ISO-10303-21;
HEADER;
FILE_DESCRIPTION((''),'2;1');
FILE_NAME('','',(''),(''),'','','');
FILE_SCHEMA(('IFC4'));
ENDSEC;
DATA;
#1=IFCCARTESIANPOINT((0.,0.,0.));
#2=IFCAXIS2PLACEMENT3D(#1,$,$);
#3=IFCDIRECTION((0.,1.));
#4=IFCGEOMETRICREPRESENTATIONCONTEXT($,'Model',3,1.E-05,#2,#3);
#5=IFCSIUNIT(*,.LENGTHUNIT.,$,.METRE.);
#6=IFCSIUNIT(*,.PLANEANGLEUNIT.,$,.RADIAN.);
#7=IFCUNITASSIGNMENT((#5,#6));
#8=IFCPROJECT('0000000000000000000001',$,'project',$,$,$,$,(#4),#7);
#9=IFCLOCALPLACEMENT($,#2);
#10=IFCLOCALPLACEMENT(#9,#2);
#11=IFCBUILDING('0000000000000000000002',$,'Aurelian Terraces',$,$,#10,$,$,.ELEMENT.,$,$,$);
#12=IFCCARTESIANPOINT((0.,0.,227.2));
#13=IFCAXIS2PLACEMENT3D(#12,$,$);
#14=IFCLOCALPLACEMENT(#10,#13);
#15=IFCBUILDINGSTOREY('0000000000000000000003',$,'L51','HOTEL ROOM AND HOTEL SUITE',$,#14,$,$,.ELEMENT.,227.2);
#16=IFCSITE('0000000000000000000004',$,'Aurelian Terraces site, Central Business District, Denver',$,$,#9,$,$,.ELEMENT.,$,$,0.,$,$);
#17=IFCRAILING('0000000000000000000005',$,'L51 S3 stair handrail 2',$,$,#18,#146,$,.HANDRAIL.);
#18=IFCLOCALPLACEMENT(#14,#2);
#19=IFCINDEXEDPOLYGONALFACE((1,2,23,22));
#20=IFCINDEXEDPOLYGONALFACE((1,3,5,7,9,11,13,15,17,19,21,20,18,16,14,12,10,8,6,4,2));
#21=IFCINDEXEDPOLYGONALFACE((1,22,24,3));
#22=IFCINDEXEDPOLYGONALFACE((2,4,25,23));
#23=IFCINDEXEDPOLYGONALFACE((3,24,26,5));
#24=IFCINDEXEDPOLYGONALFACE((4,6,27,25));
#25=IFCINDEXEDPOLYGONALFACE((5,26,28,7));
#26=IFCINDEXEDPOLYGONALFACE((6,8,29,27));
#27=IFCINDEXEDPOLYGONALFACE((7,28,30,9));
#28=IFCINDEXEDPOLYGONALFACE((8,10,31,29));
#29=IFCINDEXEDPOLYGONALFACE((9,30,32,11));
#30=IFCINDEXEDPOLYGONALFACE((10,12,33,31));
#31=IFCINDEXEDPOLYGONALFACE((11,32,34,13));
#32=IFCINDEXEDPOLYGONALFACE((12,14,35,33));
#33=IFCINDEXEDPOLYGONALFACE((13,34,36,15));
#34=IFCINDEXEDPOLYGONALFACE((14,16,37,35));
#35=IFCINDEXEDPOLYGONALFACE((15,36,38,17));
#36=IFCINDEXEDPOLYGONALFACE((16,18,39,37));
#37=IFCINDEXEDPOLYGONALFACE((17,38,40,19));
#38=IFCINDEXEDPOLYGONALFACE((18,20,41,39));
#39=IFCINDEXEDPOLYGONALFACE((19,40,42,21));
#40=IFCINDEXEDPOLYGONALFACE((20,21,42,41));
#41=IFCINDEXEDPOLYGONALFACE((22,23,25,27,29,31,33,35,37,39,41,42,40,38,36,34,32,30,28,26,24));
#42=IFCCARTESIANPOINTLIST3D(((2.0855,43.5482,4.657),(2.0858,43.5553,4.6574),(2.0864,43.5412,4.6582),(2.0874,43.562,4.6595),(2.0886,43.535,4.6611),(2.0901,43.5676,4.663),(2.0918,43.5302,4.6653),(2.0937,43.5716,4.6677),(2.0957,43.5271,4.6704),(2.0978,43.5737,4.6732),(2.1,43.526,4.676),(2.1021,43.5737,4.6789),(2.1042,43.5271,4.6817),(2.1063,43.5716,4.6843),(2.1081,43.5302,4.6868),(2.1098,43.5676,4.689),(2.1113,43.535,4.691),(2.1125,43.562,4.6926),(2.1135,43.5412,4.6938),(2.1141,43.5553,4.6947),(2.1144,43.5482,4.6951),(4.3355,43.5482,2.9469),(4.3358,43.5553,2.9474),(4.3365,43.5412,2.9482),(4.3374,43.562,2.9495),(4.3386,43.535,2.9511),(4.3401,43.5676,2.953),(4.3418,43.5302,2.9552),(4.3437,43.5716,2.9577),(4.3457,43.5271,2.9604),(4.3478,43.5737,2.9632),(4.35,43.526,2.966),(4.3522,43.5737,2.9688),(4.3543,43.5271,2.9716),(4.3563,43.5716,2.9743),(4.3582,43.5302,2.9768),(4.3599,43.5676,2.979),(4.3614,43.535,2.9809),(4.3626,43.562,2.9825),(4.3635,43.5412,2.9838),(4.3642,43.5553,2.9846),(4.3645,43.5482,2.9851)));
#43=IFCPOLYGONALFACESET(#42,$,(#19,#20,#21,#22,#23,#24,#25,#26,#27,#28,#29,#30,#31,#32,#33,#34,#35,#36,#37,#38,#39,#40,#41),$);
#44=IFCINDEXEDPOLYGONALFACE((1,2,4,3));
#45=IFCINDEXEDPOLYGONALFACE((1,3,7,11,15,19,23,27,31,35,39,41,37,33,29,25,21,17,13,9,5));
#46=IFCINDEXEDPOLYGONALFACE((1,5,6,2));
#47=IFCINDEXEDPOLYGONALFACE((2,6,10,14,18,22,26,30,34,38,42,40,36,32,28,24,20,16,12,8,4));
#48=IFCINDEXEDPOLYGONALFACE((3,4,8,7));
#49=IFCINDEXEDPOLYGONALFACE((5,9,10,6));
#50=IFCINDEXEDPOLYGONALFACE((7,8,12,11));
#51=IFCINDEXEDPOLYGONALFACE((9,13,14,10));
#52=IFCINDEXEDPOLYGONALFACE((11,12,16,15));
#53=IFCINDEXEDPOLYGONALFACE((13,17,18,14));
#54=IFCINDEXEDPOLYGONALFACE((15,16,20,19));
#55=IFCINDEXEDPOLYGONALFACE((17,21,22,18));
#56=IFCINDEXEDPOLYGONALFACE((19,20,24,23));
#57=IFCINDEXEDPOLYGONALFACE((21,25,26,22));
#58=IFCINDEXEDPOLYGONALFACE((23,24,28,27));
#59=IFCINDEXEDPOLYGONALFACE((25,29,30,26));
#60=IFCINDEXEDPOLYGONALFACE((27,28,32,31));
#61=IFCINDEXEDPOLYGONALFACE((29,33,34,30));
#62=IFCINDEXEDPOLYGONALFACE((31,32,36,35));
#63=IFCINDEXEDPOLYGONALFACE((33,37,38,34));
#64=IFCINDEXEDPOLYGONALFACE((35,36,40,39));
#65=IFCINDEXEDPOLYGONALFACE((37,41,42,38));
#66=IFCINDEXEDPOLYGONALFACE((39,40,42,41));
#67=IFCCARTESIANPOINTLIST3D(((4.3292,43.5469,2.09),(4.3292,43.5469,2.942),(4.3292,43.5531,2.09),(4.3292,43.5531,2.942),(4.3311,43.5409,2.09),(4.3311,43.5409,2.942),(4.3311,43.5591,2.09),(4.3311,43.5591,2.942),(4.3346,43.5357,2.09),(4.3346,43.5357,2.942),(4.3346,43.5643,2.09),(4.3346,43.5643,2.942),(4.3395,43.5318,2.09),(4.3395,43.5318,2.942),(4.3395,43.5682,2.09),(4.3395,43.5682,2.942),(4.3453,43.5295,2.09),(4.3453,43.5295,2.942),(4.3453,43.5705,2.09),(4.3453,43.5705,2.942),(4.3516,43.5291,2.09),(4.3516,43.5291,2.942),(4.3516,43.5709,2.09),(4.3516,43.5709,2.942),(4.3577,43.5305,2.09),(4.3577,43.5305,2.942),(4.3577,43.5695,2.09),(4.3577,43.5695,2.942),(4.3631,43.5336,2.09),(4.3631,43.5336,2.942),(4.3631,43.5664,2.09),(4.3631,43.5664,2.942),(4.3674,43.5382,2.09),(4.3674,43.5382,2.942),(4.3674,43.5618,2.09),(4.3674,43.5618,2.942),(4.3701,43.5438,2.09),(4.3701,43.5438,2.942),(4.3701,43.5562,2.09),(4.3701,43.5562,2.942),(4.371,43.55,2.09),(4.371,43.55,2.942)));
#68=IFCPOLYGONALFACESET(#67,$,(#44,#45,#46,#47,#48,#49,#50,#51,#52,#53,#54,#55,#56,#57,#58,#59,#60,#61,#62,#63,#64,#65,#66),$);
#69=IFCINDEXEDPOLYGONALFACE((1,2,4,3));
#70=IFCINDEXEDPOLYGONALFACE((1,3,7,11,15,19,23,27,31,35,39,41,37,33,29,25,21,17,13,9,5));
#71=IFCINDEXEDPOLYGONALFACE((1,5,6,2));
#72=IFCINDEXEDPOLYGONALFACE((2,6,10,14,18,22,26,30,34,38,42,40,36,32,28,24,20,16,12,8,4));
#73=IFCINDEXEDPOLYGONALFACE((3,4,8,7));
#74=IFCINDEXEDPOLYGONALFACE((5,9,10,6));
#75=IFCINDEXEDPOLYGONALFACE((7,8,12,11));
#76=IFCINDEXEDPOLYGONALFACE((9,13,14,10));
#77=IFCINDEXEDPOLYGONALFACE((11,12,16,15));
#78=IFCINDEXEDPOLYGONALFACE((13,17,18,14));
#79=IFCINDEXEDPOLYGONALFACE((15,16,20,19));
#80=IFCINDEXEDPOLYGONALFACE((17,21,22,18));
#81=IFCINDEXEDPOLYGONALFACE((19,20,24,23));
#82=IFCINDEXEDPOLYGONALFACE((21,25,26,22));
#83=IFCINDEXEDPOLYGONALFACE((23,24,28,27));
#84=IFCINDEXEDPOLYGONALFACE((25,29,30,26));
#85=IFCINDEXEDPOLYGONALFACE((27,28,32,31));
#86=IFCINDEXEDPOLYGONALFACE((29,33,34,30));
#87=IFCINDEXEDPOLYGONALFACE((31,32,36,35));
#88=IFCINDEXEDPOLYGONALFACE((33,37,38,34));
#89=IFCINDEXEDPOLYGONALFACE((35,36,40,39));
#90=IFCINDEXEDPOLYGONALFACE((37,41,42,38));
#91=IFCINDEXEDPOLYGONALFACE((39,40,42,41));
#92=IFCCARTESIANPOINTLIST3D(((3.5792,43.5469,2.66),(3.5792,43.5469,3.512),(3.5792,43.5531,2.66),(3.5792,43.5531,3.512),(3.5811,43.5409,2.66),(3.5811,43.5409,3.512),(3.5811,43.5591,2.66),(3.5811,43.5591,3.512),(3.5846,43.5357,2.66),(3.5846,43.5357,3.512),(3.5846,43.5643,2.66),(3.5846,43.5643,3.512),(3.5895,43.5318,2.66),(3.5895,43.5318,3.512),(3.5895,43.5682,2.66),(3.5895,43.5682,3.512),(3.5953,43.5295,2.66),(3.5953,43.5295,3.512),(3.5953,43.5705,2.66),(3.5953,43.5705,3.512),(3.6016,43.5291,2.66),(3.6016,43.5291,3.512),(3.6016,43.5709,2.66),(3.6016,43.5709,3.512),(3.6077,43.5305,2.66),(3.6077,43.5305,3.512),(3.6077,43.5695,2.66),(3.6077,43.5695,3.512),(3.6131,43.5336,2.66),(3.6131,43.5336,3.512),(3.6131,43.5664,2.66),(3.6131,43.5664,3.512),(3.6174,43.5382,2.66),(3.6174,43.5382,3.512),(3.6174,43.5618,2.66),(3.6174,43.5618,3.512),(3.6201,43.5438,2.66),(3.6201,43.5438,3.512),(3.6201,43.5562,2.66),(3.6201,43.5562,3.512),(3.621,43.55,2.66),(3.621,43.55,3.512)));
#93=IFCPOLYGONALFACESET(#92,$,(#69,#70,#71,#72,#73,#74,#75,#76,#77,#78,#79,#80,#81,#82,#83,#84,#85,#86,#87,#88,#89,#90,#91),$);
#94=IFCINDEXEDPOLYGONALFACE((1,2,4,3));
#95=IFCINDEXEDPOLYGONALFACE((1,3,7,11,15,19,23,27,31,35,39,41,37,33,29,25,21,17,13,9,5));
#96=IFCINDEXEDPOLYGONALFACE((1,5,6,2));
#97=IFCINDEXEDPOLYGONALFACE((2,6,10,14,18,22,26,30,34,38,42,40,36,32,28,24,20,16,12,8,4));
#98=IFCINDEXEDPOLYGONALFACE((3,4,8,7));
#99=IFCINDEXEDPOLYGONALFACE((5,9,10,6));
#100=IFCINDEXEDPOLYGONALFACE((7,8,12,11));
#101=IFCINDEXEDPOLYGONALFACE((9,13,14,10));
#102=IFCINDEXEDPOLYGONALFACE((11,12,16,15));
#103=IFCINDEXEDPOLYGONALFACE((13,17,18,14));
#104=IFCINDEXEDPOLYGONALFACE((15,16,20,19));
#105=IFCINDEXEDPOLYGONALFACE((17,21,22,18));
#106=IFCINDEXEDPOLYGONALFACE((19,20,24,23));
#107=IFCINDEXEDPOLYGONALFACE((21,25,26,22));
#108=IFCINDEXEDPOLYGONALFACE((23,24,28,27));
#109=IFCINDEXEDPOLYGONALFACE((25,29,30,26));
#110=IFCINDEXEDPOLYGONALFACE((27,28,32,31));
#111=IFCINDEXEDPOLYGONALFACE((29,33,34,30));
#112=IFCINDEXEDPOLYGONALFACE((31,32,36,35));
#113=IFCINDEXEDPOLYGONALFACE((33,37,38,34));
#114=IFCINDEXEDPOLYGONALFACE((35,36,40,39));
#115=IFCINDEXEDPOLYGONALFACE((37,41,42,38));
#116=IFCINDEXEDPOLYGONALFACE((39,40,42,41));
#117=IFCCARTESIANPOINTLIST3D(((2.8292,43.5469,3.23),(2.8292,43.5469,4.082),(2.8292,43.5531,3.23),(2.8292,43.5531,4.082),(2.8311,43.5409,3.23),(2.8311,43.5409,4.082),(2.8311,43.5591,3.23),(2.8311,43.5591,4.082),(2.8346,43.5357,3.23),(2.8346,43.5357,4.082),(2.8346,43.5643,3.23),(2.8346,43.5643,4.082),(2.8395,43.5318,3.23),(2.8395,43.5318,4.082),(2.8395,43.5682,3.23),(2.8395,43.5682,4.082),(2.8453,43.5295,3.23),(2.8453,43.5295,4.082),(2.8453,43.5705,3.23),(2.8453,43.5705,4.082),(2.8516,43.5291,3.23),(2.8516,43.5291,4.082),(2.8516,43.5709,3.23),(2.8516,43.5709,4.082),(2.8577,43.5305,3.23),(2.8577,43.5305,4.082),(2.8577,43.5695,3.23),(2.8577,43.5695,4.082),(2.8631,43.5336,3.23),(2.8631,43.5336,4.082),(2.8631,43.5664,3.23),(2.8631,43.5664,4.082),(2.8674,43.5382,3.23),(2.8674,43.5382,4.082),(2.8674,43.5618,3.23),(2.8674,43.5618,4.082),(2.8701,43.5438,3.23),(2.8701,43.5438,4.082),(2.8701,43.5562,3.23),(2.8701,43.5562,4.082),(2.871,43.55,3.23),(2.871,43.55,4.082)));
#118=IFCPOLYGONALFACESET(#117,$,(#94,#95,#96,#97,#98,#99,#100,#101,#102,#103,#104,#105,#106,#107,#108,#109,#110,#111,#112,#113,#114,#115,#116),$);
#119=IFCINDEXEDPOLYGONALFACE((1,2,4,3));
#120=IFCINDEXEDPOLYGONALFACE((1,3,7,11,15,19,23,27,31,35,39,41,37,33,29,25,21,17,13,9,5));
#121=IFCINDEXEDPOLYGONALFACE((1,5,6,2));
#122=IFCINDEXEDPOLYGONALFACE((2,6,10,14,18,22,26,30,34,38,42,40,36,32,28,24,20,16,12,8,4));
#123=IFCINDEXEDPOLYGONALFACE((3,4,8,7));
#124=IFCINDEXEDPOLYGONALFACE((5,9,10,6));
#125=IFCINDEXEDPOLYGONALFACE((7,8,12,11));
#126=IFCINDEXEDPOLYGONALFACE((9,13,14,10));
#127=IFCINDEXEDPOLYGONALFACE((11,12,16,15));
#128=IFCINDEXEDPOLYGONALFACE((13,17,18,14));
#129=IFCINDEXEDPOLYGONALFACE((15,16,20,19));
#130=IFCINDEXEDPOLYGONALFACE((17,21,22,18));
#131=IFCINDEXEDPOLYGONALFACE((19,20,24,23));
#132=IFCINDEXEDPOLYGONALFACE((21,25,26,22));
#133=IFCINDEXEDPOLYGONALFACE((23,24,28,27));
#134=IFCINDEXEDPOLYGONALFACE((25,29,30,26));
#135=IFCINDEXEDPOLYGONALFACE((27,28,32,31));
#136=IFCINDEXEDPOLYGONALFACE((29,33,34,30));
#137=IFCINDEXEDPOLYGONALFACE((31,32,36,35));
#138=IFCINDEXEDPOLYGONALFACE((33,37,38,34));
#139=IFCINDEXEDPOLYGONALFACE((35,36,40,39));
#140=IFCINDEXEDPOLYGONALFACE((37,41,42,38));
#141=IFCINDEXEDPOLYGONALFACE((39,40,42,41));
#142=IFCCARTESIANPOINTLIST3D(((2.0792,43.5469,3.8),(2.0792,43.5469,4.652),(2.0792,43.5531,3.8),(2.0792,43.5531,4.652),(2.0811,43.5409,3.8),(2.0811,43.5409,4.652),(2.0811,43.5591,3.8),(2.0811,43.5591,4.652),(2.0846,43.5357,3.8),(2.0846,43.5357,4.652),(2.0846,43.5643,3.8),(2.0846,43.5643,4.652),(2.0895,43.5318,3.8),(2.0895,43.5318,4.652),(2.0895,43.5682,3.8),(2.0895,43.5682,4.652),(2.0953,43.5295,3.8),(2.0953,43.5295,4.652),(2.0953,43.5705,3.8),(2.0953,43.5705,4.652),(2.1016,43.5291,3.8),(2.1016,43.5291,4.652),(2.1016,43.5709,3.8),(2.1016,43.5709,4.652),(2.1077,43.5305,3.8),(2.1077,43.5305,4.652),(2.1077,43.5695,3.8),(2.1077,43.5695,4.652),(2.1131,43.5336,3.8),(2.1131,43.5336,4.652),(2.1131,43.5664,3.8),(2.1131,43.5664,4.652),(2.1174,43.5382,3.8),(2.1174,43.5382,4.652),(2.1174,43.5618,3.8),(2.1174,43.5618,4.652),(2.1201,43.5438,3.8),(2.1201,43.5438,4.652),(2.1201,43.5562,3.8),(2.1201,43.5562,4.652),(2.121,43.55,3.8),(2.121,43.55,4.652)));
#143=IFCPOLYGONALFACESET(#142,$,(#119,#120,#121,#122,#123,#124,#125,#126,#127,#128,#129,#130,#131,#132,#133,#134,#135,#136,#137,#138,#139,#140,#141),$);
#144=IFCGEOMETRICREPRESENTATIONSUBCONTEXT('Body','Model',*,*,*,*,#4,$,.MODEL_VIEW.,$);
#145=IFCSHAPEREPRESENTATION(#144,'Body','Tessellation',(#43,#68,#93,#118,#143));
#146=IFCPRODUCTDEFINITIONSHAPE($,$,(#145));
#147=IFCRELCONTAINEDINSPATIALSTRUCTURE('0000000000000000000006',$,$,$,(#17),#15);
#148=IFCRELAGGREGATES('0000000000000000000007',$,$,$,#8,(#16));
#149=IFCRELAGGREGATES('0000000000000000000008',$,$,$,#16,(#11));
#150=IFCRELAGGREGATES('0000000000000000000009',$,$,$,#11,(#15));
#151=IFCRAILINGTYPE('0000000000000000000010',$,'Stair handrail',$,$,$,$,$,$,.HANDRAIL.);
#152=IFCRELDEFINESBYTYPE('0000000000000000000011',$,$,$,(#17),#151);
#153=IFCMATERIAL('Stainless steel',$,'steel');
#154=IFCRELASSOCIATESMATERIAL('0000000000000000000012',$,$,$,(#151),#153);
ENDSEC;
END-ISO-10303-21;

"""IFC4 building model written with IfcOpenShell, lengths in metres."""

from ifc_helpers import new_model, si_unit, direction, frame, origin, origin_2d, place, context, subcontext, project, spatial, circle, extrude, source, transform, mapped, material, type_object, element, save


model = new_model("IFC4")

# Units and contexts
model_context = context("Model", 3, precision=1e-05, world=origin(), true_north=direction((0.0, 1.0)))
body_context = subcontext(model_context, "Body", "Model", "MODEL_VIEW")
ifc_project = project(units=[si_unit("LENGTHUNIT", "METRE"), si_unit("PLANEANGLEUNIT", "RADIAN")], contexts=[model_context])

# Site, building, storey
site_placement = place(None, origin())
site = spatial("IfcSite", under=ifc_project, at=site_placement, Name="Aurelian Terraces site, Central Business District, Denver", CompositionType="ELEMENT", RefElevation=0.0)
building_placement = place(site_placement, origin())
building = spatial("IfcBuilding", under=site, at=building_placement, Name="Aurelian Terraces", CompositionType="ELEMENT")
storey_placement = place(building_placement, frame((0.0, 0.0, 227.2)))
storey = spatial("IfcBuildingStorey", under=building, at=storey_placement, Name="L51", Description="HOTEL ROOM AND HOTEL SUITE", CompositionType="ELEMENT", Elevation=227.2)

# Railing
ifc_material_1 = material(Name="Stainless steel", Category="steel")
railing_type_1 = type_object("IfcRailingType", Name="Stair handrail", PredefinedType="HANDRAIL", material=ifc_material_1)
shared_shape_1 = source(origin(), body_context, "Body", "SweptSolid", [
    extrude(circle(Radius=0.024, at=origin_2d()), frame((0.0, 0.0, 0.876), z_axis=(-0.796162, 0.0, 0.605083), x_axis=(0.0, -1.0, 0.0)), (0.0, 0.0, 1.0), 2.8261),
    extrude(circle(Radius=0.021, at=origin_2d()), origin(), (0.0, 0.0, 1.0), 0.852),
    extrude(circle(Radius=0.021, at=origin_2d()), frame((-0.75, 0.0, 0.57)), (0.0, 0.0, 1.0), 0.852),
    extrude(circle(Radius=0.021, at=origin_2d()), frame((-1.5, 0.0, 1.14)), (0.0, 0.0, 1.0), 0.852),
    extrude(circle(Radius=0.021, at=origin_2d()), frame((-2.25, 0.0, 1.71)), (0.0, 0.0, 1.0), 0.852),
])
railing_1_placement = place(storey_placement, frame((4.35, 43.55, 2.09)))
element("IfcRailing", 1, at=railing_1_placement, inside=storey, type_object=railing_type_1, Name="L51 S3 stair handrail 2", PredefinedType="HANDRAIL", context=body_context, shape_type="MappedRepresentation", body=[
    mapped(shared_shape_1, transform((0.0, 0.0, 0.0), scale=1.0)),
])

save(model, "model.ifc")
